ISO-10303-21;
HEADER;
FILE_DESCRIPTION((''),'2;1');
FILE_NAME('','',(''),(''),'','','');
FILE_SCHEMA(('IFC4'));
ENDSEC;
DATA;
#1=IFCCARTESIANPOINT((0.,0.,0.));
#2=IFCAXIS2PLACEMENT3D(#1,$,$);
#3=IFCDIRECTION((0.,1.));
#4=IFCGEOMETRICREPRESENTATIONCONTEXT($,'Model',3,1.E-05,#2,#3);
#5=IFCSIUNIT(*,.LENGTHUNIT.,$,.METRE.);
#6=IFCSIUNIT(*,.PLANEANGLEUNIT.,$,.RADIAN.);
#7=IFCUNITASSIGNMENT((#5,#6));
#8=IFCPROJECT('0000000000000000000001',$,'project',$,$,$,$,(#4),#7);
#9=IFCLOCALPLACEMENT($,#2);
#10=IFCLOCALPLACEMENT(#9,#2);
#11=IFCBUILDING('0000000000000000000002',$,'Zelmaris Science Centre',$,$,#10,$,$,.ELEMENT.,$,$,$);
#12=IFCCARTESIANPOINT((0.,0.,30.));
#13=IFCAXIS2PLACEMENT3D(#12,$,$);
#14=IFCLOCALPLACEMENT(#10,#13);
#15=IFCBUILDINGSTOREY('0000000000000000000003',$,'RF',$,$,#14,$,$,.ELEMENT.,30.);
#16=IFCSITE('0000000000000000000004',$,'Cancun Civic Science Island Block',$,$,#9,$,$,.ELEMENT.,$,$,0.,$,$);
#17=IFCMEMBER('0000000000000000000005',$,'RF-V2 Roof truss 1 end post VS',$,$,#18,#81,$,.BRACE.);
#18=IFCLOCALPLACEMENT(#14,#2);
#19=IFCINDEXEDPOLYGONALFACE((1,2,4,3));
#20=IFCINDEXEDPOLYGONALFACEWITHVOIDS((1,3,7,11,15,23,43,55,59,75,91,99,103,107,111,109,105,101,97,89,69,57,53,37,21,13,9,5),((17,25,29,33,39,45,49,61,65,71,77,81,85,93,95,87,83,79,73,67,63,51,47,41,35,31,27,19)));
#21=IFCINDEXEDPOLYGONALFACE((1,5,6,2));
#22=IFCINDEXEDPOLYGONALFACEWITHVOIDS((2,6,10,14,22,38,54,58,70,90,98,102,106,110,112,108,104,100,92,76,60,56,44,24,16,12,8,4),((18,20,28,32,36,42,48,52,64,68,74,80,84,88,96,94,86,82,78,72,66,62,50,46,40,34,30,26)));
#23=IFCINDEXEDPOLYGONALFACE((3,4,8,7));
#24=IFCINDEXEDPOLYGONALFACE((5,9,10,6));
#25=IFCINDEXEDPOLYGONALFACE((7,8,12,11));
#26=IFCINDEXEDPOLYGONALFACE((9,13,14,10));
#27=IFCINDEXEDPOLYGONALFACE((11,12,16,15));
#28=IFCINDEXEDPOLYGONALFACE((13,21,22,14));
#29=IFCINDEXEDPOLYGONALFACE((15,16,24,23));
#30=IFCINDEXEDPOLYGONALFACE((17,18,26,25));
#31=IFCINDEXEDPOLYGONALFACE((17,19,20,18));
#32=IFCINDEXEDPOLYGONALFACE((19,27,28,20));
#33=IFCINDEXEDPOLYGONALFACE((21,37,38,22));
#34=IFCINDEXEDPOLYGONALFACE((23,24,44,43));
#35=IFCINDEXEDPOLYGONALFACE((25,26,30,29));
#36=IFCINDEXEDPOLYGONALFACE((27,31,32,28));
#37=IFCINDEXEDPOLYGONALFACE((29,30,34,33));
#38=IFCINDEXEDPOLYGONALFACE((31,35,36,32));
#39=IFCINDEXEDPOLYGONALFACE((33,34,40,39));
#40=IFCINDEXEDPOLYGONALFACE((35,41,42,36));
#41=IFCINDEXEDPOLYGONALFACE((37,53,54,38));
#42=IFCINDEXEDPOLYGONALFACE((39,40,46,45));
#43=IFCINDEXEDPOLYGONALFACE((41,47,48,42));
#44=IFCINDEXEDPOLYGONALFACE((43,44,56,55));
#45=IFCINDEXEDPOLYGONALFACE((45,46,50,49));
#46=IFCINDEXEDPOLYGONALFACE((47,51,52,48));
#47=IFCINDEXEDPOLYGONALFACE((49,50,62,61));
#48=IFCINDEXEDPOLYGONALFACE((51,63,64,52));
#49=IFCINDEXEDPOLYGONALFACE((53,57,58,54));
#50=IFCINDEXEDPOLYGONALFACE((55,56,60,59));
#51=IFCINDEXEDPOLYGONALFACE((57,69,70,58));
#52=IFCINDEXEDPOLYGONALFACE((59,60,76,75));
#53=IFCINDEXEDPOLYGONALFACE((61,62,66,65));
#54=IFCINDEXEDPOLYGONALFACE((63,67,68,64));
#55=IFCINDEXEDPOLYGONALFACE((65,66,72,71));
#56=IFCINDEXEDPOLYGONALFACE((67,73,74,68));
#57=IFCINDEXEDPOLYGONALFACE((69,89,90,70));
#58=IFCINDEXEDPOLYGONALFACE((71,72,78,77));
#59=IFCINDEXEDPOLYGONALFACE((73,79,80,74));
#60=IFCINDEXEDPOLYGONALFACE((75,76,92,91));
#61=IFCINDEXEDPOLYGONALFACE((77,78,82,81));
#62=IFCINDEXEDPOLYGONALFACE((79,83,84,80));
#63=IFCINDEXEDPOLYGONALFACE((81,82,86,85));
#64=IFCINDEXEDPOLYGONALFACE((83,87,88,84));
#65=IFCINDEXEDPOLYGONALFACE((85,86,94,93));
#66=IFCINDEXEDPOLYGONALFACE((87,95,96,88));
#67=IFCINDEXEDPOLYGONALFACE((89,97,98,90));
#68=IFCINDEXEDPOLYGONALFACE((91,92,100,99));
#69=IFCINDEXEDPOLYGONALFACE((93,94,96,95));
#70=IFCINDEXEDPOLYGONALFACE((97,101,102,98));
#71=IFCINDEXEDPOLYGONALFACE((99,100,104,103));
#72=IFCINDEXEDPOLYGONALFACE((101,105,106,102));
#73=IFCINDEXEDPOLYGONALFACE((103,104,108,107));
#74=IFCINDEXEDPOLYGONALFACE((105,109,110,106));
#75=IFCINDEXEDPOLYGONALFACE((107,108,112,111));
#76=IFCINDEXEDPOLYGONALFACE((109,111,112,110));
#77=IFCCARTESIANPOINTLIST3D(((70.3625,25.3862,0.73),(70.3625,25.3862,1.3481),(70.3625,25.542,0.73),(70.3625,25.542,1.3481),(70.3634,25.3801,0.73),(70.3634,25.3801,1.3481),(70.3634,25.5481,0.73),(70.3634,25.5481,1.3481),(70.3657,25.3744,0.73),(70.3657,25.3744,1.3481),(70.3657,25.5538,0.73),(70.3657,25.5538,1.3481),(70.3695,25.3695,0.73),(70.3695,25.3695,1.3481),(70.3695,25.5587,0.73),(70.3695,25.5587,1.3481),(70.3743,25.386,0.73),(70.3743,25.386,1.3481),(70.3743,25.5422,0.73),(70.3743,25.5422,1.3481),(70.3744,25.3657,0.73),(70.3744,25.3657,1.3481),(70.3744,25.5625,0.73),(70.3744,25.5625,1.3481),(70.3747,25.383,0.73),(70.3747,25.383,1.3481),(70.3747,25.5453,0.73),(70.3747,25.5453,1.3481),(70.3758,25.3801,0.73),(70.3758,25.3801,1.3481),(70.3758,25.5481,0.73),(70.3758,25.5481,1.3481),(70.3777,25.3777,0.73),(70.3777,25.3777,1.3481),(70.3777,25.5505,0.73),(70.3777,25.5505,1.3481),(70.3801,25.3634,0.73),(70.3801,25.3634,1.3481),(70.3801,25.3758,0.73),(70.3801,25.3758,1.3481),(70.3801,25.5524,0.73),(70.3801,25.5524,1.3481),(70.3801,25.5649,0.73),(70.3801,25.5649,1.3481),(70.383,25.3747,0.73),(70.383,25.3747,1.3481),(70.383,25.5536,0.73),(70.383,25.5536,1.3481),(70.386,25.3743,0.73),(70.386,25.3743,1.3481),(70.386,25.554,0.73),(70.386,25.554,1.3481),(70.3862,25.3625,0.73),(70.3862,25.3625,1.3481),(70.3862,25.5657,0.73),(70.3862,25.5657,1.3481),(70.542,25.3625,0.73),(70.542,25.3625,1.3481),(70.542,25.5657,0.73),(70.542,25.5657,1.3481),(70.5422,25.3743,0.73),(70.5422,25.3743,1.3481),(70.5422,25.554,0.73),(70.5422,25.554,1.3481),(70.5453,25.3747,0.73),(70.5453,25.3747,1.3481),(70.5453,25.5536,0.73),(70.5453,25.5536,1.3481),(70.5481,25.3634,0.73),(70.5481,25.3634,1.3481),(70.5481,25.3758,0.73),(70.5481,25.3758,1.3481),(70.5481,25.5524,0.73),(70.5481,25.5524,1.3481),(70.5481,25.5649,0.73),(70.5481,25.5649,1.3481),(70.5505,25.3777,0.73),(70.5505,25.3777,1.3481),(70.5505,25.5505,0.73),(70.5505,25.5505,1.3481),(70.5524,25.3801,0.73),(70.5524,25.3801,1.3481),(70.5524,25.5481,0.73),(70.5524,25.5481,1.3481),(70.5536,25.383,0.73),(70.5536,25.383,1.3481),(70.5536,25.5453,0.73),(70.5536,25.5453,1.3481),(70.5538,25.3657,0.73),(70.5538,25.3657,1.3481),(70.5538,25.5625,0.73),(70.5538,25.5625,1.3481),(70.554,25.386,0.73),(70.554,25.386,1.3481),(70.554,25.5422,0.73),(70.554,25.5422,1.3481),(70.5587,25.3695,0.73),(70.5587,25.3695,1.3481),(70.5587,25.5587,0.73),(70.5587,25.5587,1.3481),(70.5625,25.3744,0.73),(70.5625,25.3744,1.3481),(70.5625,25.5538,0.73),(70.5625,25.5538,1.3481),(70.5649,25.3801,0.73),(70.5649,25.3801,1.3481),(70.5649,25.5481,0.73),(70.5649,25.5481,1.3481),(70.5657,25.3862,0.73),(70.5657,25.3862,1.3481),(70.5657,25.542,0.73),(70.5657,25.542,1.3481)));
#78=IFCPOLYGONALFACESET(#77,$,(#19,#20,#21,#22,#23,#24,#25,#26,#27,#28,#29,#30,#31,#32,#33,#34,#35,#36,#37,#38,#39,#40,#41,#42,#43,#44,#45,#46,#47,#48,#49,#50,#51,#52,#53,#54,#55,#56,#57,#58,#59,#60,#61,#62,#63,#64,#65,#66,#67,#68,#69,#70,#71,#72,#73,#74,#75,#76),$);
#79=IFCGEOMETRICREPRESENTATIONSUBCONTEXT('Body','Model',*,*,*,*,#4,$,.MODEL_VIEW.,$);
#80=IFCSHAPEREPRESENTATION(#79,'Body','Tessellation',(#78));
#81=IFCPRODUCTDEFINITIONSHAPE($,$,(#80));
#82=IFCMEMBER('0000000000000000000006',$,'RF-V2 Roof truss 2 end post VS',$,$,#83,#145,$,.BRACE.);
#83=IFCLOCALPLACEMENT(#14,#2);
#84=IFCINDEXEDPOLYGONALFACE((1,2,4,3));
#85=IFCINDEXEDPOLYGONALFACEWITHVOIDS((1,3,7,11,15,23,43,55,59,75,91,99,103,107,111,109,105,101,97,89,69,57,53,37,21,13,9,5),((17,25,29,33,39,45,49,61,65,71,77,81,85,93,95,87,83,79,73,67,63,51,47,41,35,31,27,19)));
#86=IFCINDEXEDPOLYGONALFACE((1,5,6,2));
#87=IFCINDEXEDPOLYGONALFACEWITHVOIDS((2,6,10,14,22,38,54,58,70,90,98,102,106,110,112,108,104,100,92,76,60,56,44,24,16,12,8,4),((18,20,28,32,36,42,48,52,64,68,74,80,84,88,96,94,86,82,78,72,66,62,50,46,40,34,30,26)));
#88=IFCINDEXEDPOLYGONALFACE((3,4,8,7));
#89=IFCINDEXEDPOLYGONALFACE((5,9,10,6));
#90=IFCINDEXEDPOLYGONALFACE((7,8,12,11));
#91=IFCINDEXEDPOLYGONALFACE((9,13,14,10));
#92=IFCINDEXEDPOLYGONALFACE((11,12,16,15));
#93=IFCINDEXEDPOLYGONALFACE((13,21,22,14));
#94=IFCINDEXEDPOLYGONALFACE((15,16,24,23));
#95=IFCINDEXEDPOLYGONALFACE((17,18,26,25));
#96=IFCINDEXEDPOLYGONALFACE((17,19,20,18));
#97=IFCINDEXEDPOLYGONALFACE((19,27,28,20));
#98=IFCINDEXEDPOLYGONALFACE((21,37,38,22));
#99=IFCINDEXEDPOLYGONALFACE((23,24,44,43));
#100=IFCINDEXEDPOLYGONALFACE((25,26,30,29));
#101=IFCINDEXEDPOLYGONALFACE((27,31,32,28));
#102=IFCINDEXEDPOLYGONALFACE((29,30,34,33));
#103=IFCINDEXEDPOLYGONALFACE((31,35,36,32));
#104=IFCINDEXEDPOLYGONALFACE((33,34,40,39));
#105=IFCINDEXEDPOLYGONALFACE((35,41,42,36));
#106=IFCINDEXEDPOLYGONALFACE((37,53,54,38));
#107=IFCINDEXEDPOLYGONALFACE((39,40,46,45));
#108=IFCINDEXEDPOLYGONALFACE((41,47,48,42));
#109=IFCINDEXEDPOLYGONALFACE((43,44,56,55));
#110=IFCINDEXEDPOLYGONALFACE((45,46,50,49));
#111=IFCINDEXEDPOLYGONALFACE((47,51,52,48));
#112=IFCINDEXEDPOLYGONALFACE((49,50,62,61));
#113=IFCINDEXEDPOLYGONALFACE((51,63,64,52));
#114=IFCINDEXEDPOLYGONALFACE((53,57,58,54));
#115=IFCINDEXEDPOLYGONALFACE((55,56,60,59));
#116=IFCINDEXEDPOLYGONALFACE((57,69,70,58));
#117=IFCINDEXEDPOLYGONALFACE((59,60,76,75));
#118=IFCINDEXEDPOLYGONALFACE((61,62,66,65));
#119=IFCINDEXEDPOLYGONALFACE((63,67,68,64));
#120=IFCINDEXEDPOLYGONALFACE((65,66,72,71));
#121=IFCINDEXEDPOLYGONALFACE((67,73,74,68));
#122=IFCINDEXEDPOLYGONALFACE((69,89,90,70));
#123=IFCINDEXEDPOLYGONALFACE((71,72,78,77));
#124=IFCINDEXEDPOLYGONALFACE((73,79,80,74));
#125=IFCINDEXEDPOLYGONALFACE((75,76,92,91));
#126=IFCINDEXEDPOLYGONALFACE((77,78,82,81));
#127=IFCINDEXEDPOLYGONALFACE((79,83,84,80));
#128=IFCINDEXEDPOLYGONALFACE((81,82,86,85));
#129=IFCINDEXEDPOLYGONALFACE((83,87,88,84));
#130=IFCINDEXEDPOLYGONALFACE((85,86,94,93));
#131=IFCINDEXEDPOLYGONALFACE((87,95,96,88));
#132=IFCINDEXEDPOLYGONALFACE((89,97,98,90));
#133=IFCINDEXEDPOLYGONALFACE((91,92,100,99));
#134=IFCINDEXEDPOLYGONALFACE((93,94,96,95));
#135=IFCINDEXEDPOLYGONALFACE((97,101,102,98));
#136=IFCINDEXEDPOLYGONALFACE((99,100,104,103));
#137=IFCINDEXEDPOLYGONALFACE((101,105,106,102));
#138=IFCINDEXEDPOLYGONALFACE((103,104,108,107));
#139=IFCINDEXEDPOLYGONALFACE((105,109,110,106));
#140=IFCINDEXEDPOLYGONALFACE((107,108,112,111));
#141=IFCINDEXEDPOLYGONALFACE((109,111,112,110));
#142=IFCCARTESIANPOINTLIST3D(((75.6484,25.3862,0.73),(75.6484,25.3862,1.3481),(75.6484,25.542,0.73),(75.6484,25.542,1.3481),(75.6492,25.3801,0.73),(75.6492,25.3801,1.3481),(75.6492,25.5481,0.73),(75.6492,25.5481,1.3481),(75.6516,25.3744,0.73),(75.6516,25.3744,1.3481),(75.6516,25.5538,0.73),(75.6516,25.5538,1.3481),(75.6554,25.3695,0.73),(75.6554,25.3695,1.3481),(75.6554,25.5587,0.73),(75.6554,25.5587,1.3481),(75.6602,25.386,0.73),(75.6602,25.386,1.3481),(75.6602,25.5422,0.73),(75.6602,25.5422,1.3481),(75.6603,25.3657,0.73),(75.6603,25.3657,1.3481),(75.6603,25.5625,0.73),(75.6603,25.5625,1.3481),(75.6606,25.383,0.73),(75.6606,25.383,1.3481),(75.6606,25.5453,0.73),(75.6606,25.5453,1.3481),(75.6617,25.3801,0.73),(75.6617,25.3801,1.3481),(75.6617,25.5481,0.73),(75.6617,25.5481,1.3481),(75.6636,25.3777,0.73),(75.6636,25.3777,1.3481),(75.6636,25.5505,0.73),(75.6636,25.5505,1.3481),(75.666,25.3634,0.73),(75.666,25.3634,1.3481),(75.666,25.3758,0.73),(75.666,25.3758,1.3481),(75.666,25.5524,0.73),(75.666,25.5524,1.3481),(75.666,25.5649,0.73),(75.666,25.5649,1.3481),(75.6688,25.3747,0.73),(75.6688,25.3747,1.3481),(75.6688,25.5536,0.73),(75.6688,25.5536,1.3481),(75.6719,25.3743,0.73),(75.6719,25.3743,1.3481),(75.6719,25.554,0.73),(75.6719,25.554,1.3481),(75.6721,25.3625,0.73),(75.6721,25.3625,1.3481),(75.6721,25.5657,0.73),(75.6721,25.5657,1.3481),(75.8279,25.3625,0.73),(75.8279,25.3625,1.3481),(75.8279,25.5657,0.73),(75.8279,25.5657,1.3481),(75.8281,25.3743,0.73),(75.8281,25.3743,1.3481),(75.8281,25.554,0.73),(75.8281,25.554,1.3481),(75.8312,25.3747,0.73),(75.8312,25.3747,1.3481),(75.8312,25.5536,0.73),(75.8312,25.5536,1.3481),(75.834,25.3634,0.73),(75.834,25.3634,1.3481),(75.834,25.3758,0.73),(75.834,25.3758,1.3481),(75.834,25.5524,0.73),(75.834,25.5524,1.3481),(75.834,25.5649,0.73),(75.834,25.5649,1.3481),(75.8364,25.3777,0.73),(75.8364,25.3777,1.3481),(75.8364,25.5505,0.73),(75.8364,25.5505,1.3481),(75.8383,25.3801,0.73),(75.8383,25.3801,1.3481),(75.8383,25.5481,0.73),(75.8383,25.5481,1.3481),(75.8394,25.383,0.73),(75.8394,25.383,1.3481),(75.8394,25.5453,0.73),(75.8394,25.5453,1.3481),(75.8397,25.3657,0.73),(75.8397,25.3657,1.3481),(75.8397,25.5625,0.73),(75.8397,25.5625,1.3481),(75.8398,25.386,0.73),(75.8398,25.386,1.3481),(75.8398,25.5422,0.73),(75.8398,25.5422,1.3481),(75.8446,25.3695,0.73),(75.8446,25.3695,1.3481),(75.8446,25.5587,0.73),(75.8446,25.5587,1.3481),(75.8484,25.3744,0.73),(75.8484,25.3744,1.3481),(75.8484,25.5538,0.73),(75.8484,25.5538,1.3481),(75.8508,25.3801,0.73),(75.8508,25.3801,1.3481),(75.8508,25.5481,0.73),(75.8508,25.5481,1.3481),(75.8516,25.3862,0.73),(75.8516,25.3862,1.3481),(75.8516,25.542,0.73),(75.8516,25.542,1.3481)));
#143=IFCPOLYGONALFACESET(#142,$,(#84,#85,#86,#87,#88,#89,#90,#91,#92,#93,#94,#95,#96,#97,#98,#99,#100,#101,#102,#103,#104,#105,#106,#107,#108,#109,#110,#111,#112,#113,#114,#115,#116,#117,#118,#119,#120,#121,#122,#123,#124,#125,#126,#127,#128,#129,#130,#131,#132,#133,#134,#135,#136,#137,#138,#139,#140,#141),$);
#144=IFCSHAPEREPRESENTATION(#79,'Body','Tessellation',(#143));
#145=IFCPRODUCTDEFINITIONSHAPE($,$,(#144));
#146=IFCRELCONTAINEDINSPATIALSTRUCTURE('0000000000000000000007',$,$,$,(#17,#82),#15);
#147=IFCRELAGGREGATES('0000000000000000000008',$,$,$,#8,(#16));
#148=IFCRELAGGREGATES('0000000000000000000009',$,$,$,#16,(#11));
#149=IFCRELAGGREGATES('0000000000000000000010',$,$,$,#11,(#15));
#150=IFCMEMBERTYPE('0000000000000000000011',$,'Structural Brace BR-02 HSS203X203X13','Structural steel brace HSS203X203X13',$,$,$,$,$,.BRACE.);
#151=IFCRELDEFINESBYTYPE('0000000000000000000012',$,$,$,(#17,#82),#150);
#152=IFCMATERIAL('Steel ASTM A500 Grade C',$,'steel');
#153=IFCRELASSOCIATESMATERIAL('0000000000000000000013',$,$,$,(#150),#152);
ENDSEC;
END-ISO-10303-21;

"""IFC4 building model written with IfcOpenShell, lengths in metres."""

from ifc_helpers import new_model, si_unit, direction, frame, origin, origin_2d, place, context, subcontext, project, spatial, hollow_rectangle, extrude, material, material_profile, profile_set, type_object, element, save


model = new_model("IFC4")

# Units and contexts
model_context = context("Model", 3, precision=1e-05, world=origin(), true_north=direction((0.0, 1.0)))
body_context = subcontext(model_context, "Body", "Model", "MODEL_VIEW")
ifc_project = project(units=[si_unit("LENGTHUNIT", "METRE"), si_unit("PLANEANGLEUNIT", "RADIAN")], contexts=[model_context])

# Site, building, storey
site_placement = place(None, origin())
site = spatial("IfcSite", under=ifc_project, at=site_placement, Name="Cancun Civic Science Island Block", CompositionType="ELEMENT", RefElevation=0.0)
building_placement = place(site_placement, origin())
building = spatial("IfcBuilding", under=site, at=building_placement, Name="Zelmaris Science Centre", CompositionType="ELEMENT")
storey_placement = place(building_placement, frame((0.0, 0.0, 30.0)))
storey = spatial("IfcBuildingStorey", under=building, at=storey_placement, Name="RF", CompositionType="ELEMENT", Elevation=30.0)

# Shared definitions
ifc_material_1 = material(Name="Steel ASTM A500 Grade C", Category="steel")

# Members
ifc_material_profile_1 = material_profile(ifc_material_1, hollow_rectangle(XDim=0.2031, YDim=0.2031, WallThickness=0.0117, InnerFilletRadius=0.0117, OuterFilletRadius=0.0237, at=origin_2d()), Name="HSS203X203X13")
ifc_profile_set_1 = profile_set([ifc_material_profile_1], Name="Steel ASTM A500 Grade C")
member_type_1 = type_object("IfcMemberType", Name="Structural Brace BR-02 HSS203X203X13", Description="Structural steel brace HSS203X203X13", PredefinedType="BRACE", material=ifc_profile_set_1)
for number, where, z_axis, x_axis, name in (
    (1, (70.4641, 25.4641, 0.73), (0.0, 0.0, 1.0), (1.0, 0.0, 0.0), "RF-V2 Roof truss 1 end post VS"),
    (2, (75.75, 25.4641, 0.73), (0.0, 0.0, 1.0), (1.0, 0.0, 0.0), "RF-V2 Roof truss 2 end post VS"),
):
    element("IfcMember", number, at=place(storey_placement, frame(where, z_axis=z_axis, x_axis=x_axis)), inside=storey, type_object=member_type_1, Name=name, PredefinedType="BRACE", context=body_context, shape_type="SweptSolid", body=[
        extrude(hollow_rectangle(XDim=0.2031, YDim=0.2031, WallThickness=0.0117, InnerFilletRadius=0.0117, OuterFilletRadius=0.0237, at=origin_2d()), origin(), (0.0, 0.0, 1.0), 0.6182),
    ])

save(model, "model.ifc")
